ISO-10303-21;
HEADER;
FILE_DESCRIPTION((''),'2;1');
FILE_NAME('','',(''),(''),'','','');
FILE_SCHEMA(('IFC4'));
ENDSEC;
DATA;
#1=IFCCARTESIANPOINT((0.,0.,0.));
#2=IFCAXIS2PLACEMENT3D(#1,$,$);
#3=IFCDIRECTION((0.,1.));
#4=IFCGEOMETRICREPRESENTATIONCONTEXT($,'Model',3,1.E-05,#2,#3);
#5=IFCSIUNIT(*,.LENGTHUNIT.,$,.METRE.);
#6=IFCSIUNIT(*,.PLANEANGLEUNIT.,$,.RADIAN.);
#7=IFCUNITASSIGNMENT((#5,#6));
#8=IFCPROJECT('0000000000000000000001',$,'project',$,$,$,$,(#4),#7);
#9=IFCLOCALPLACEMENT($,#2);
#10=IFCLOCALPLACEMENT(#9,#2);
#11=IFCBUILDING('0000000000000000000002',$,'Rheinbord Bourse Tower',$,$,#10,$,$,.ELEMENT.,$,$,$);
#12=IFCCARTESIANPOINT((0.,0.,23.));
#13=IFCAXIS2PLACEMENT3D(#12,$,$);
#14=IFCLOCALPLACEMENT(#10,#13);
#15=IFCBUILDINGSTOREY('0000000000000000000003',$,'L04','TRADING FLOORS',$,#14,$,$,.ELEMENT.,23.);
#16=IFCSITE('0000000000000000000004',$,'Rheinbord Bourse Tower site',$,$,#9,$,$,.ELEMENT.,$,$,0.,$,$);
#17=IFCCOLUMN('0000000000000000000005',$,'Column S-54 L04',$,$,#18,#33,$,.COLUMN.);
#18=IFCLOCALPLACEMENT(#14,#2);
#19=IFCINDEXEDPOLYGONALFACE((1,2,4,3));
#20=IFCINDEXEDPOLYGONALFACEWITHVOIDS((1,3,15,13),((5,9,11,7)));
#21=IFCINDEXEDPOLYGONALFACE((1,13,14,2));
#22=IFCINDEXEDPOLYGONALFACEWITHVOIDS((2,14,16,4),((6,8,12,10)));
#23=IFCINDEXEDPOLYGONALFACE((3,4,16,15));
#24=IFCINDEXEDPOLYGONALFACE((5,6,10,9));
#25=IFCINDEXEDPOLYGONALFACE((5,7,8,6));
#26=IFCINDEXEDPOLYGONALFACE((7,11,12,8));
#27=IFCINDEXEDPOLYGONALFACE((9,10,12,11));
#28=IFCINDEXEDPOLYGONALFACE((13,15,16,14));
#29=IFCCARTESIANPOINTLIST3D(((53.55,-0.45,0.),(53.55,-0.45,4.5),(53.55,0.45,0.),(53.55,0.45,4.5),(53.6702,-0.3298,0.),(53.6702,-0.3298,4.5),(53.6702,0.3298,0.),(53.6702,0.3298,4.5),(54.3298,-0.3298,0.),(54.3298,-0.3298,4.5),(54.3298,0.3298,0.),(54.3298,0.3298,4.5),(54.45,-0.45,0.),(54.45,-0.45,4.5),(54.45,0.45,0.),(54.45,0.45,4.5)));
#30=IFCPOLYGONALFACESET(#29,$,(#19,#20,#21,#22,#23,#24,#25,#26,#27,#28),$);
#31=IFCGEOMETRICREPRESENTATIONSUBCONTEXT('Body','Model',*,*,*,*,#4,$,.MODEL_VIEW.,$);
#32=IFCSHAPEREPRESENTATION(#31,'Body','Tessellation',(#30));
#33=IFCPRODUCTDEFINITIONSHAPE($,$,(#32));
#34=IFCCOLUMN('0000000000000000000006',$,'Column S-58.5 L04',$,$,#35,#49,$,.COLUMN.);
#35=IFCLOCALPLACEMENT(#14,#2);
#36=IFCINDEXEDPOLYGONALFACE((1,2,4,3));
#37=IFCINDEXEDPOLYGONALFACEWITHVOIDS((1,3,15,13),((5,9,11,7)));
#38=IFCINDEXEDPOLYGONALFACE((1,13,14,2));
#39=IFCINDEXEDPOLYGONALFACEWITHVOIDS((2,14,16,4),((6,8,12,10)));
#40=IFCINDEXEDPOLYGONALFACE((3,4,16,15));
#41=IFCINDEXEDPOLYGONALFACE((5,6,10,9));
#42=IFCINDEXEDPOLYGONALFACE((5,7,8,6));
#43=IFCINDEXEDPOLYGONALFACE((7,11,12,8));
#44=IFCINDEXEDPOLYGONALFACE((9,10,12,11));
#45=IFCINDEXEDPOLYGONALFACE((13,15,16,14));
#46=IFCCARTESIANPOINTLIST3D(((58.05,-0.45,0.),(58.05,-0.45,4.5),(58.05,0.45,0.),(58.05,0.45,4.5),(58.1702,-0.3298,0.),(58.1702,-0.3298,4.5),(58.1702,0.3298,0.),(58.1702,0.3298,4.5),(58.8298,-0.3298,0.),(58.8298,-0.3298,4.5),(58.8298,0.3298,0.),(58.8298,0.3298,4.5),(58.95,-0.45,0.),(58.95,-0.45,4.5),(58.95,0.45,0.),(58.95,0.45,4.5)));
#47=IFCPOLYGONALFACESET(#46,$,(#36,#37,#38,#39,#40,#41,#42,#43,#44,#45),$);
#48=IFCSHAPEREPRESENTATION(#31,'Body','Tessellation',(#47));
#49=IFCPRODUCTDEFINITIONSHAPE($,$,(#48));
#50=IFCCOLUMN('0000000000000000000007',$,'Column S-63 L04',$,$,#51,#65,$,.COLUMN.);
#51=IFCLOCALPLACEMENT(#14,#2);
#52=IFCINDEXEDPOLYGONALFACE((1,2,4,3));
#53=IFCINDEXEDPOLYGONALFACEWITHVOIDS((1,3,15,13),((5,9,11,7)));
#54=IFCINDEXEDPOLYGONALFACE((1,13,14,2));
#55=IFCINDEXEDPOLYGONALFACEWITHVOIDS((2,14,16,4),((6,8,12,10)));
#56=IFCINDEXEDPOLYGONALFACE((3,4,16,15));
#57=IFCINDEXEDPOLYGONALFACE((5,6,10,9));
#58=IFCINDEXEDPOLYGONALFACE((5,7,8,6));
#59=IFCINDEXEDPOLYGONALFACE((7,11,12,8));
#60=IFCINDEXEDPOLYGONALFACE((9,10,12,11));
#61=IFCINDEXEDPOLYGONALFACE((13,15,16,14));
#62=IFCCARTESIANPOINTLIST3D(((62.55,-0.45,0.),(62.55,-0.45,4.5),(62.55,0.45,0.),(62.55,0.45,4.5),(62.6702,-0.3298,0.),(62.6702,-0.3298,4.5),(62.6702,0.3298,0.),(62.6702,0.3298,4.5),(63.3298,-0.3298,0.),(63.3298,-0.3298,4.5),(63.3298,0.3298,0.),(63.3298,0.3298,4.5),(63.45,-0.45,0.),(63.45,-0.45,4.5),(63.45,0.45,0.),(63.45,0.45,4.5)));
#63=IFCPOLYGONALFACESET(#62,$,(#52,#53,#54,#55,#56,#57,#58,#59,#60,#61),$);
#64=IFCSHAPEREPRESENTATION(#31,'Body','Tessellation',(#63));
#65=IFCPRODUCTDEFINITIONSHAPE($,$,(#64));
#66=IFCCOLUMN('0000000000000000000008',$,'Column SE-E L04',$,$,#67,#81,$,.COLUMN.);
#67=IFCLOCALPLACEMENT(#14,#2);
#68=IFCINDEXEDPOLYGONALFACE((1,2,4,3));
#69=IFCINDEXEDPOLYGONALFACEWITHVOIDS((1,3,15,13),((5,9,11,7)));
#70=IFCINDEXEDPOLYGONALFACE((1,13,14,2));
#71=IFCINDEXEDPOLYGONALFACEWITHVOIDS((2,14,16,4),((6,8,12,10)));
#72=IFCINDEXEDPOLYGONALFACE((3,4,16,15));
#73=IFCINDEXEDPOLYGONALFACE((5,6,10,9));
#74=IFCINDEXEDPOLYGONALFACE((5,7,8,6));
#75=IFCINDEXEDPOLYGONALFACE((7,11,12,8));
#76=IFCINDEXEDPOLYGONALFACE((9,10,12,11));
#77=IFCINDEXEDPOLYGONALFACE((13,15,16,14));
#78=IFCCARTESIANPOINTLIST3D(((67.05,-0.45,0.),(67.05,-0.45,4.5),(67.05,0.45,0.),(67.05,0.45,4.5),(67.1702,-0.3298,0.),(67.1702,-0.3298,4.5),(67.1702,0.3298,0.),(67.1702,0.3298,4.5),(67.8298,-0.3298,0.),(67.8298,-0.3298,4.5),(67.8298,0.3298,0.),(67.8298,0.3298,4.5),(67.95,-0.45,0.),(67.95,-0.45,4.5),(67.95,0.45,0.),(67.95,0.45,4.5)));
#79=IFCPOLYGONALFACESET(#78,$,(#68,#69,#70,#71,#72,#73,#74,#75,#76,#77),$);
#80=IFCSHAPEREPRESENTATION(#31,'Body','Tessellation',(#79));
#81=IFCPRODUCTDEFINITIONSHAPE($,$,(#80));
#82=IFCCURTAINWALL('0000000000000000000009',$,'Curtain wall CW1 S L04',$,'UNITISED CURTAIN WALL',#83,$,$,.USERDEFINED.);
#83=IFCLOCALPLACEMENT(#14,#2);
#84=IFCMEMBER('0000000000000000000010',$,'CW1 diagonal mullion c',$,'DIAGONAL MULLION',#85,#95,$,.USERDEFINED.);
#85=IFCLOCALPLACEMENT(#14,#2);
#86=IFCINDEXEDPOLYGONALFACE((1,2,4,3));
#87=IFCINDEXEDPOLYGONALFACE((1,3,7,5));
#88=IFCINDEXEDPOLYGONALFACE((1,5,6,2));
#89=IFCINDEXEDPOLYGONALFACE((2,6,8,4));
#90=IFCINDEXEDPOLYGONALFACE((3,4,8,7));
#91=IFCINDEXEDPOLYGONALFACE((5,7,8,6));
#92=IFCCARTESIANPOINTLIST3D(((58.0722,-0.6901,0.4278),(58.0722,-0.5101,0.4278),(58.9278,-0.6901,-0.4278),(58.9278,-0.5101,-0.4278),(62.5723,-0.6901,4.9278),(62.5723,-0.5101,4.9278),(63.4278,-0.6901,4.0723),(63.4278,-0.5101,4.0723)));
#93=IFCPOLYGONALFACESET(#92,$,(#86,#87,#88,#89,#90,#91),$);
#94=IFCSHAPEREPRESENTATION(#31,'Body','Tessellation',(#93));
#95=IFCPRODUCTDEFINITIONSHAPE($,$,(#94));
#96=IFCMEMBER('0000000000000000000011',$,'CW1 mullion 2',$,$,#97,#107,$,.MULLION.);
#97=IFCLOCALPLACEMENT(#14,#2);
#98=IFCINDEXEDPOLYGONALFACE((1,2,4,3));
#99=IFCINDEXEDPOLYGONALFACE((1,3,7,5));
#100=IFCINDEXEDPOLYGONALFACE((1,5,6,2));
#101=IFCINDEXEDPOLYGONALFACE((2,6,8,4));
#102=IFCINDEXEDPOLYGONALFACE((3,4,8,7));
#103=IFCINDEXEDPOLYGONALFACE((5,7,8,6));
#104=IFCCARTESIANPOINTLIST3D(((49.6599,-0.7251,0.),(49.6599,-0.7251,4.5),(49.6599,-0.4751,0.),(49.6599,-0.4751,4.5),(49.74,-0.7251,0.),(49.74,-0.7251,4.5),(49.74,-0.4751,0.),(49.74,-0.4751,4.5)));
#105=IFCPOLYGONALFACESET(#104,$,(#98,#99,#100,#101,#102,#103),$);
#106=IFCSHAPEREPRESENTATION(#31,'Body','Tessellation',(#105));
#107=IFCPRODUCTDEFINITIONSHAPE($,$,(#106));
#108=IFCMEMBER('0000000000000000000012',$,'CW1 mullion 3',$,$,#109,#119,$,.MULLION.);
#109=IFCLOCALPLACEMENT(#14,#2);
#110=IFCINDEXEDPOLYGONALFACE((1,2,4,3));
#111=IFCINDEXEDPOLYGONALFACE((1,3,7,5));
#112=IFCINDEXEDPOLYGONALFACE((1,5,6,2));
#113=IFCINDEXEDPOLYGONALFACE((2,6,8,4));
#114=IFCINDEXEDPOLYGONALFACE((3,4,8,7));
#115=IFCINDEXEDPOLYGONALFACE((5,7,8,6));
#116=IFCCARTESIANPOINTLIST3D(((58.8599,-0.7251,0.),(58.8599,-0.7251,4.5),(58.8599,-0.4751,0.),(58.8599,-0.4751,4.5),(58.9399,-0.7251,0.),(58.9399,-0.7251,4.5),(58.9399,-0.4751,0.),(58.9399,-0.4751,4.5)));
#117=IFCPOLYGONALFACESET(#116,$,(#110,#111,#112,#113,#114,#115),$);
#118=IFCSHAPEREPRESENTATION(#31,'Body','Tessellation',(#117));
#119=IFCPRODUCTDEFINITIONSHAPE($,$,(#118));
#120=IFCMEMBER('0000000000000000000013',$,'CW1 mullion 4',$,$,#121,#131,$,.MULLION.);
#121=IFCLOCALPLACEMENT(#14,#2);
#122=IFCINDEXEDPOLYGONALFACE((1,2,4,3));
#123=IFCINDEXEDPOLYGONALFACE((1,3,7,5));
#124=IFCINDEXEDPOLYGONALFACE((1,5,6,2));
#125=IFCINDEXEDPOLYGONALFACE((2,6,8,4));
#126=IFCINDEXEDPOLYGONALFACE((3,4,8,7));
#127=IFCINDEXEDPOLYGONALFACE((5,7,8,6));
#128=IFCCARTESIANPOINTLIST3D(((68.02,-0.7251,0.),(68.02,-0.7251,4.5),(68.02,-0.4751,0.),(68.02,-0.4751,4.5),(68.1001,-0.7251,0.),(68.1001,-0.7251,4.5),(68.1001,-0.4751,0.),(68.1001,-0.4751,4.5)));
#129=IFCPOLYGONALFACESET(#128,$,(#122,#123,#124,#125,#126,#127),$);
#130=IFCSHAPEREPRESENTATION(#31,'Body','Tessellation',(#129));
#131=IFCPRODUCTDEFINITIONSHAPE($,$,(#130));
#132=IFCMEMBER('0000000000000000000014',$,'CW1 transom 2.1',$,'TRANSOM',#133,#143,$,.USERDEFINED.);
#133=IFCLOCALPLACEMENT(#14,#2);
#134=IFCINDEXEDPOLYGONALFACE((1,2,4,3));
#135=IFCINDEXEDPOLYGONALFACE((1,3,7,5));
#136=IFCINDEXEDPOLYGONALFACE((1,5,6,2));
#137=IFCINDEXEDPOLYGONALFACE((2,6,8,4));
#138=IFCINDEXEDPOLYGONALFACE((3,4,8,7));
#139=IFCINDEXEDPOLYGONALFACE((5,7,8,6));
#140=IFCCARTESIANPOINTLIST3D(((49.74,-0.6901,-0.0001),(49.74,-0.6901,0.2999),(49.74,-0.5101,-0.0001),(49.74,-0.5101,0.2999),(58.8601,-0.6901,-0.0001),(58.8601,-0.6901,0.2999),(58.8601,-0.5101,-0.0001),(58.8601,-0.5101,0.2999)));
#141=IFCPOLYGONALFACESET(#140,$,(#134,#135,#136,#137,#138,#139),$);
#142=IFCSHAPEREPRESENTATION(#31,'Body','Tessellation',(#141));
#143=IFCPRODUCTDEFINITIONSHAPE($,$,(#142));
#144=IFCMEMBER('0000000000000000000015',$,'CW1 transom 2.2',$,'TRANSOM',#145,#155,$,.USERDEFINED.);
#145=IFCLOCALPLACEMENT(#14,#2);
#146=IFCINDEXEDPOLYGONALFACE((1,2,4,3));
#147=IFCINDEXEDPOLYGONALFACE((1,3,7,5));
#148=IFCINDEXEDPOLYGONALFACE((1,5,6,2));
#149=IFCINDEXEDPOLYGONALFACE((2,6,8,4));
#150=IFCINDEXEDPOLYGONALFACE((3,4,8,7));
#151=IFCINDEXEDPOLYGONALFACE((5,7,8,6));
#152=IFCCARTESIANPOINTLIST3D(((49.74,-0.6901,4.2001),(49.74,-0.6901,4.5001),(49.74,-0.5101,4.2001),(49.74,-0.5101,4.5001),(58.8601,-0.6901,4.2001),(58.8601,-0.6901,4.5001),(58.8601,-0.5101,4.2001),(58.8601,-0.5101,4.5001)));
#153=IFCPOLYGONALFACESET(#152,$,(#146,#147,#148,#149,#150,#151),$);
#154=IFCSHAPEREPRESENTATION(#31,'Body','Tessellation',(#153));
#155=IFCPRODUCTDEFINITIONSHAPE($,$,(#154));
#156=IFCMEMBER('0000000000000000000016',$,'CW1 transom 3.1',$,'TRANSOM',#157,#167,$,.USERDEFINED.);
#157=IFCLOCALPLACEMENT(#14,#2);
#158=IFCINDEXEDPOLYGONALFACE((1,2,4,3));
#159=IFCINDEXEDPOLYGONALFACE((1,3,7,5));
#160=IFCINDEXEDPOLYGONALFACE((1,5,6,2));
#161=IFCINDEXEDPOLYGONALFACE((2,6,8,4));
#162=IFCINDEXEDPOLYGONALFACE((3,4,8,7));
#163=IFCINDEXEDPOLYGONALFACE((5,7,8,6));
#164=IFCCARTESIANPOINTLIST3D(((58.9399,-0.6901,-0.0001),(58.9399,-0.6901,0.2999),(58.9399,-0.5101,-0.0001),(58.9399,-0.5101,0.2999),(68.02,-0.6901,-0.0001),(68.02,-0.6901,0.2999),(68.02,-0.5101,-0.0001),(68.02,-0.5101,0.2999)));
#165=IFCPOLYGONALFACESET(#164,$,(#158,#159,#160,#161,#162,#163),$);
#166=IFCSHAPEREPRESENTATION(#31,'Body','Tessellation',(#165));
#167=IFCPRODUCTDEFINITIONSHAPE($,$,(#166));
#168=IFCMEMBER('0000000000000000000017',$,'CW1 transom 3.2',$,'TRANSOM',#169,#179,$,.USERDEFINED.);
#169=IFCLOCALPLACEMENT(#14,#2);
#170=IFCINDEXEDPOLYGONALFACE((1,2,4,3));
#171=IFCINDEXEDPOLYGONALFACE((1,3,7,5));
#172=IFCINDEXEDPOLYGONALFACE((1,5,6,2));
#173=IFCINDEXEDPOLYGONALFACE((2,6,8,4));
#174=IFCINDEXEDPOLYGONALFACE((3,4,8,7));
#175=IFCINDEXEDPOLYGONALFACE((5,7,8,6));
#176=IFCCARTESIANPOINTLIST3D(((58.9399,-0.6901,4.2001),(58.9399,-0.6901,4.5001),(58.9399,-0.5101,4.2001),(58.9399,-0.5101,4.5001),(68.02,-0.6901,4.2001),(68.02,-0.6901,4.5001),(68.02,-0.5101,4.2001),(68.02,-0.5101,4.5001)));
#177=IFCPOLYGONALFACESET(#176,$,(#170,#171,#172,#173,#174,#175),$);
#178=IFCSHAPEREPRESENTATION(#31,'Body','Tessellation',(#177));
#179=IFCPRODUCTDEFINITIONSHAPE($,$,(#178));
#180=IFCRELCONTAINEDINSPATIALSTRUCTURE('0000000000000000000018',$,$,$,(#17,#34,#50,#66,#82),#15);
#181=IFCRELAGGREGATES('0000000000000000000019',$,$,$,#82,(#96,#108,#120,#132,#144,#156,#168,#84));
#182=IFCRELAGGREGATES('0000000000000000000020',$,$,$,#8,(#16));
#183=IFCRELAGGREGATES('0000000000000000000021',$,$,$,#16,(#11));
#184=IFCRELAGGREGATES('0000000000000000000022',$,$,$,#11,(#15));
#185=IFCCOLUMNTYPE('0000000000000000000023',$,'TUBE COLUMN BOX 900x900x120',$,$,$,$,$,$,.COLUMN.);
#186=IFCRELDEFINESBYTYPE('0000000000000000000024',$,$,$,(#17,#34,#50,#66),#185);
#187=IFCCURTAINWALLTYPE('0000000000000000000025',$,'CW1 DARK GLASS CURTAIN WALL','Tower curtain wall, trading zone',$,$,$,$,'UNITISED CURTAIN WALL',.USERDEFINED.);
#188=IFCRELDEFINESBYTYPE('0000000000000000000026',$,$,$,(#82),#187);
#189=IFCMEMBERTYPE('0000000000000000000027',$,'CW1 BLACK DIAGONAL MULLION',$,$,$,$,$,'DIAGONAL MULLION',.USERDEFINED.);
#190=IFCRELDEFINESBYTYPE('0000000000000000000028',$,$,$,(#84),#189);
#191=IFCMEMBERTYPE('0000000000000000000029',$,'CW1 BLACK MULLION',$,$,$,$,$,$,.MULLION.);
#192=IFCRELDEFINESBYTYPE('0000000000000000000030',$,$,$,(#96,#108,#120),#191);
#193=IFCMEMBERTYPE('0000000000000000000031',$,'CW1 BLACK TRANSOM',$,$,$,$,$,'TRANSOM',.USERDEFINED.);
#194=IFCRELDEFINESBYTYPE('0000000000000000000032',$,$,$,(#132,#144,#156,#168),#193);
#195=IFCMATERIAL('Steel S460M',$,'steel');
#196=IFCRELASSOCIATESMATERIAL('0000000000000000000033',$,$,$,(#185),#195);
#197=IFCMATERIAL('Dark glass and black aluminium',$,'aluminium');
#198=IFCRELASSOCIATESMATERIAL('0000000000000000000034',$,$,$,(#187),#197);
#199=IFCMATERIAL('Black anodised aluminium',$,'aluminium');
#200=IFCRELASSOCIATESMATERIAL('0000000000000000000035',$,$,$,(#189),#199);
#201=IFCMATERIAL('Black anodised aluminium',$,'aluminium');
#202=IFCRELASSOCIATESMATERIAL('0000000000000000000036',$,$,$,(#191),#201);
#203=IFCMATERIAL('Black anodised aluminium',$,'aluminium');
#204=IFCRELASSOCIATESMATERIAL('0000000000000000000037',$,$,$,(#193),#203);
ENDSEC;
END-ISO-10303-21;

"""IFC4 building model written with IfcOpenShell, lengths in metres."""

from ifc_helpers import new_model, si_unit, direction, frame, origin, origin_2d, place, context, subcontext, project, spatial, rectangle, hollow_rectangle, extrude, material, material_profile, profile_set, type_object, element, aggregate, save


model = new_model("IFC4")

# Units and contexts
model_context = context("Model", 3, precision=1e-05, world=origin(), true_north=direction((0.0, 1.0)))
body_context = subcontext(model_context, "Body", "Model", "MODEL_VIEW")
ifc_project = project(units=[si_unit("LENGTHUNIT", "METRE"), si_unit("PLANEANGLEUNIT", "RADIAN")], contexts=[model_context])

# Site, building, storey
site_placement = place(None, origin())
site = spatial("IfcSite", under=ifc_project, at=site_placement, Name="Rheinbord Bourse Tower site", CompositionType="ELEMENT", RefElevation=0.0)
building_placement = place(site_placement, origin())
building = spatial("IfcBuilding", under=site, at=building_placement, Name="Rheinbord Bourse Tower", CompositionType="ELEMENT")
storey_placement = place(building_placement, frame((0.0, 0.0, 23.0)))
storey = spatial("IfcBuildingStorey", under=building, at=storey_placement, Name="L04", Description="TRADING FLOORS", CompositionType="ELEMENT", Elevation=23.0)

# Columns
ifc_material_1 = material(Name="Steel S460M", Category="steel")
ifc_material_profile_1 = material_profile(ifc_material_1, hollow_rectangle(XDim=0.8999, YDim=0.8999, WallThickness=0.1201, at=origin_2d()), Name="BOX 900x900x120")
ifc_profile_set_1 = profile_set([ifc_material_profile_1], Name="Steel S460M")
column_type = type_object("IfcColumnType", Name="TUBE COLUMN BOX 900x900x120", PredefinedType="COLUMN", material=ifc_profile_set_1)
for number, where, z_axis, x_axis, name in (
    (1, (54.0, 0.0, 0.0), (0.0, 0.0, 1.0), (0.0, 1.0, 0.0), "Column S-54 L04"),
    (2, (58.5, 0.0, 0.0), (0.0, 0.0, 1.0), (0.0, 1.0, 0.0), "Column S-58.5 L04"),
    (3, (63.0, 0.0, 0.0), (0.0, 0.0, 1.0), (0.0, 1.0, 0.0), "Column S-63 L04"),
    (4, (67.5, 0.0, 0.0), (0.0, 0.0, 1.0), (0.0, 1.0, 0.0), "Column SE-E L04"),
):
    element("IfcColumn", number, at=place(storey_placement, frame(where, z_axis=z_axis, x_axis=x_axis)), inside=storey, type_object=column_type, Name=name, PredefinedType="COLUMN", context=body_context, shape_type="SweptSolid", body=[
        extrude(hollow_rectangle(XDim=0.8999, YDim=0.8999, WallThickness=0.1201, at=origin_2d()), origin(), (0.0, 0.0, 1.0), 4.5),
    ])

# Curtain wall, members
ifc_material_2 = material(Name="Dark glass and black aluminium", Category="aluminium")
curtain_wall_type = type_object("IfcCurtainWallType", Name="CW1 DARK GLASS CURTAIN WALL", Description="Tower curtain wall, trading zone", ElementType="UNITISED CURTAIN WALL", PredefinedType="USERDEFINED", material=ifc_material_2)
curtain_wall_placement = place(storey_placement, origin())
curtain_wall = element("IfcCurtainWall", 5, at=curtain_wall_placement, inside=storey, type_object=curtain_wall_type, Name="Curtain wall CW1 S L04", ObjectType="UNITISED CURTAIN WALL", PredefinedType="USERDEFINED")
ifc_material_3 = material(Name="Black anodised aluminium", Category="aluminium")
ifc_material_profile_2 = material_profile(ifc_material_3, rectangle(XDim=0.1799, YDim=1.21, at=origin_2d()), Name="CW1 DIAGONAL MULLION 1210x180")
ifc_profile_set_2 = profile_set([ifc_material_profile_2], Name="Black anodised aluminium")
member_type_1 = type_object("IfcMemberType", Name="CW1 BLACK DIAGONAL MULLION", ElementType="DIAGONAL MULLION", PredefinedType="USERDEFINED", material=ifc_profile_set_2)
member_1_placement = place(storey_placement, frame((58.5, -0.6001, 0.0), z_axis=(0.707107, 0.0, 0.707107), x_axis=(0.0, 1.0, 0.0)))
member_1 = element("IfcMember", 6, at=member_1_placement, type_object=member_type_1, Name="CW1 diagonal mullion c", ObjectType="DIAGONAL MULLION", PredefinedType="USERDEFINED", context=body_context, shape_type="SweptSolid", body=[
    extrude(rectangle(XDim=0.1799, YDim=1.21, at=origin_2d()), origin(), (0.0, 0.0, 1.0), 6.364),
])
ifc_material_4 = material(Name="Black anodised aluminium", Category="aluminium")
ifc_material_profile_3 = material_profile(ifc_material_4, rectangle(XDim=0.25, YDim=0.0801, at=origin_2d()), Name="CW1 MULLION 80x250")
ifc_profile_set_3 = profile_set([ifc_material_profile_3], Name="Black anodised aluminium")
member_type_2 = type_object("IfcMemberType", Name="CW1 BLACK MULLION", PredefinedType="MULLION", material=ifc_profile_set_3)
member_2_placement = place(storey_placement, frame((49.7, -0.6001, 0.0), z_axis=(0.0, 0.0, 1.0), x_axis=(0.0, 1.0, 0.0)))
member_2 = element("IfcMember", 7, at=member_2_placement, type_object=member_type_2, Name="CW1 mullion 2", PredefinedType="MULLION", context=body_context, shape_type="SweptSolid", body=[
    extrude(rectangle(XDim=0.25, YDim=0.0801, at=origin_2d()), origin(), (0.0, 0.0, 1.0), 4.5),
])
member_3_placement = place(storey_placement, frame((58.8999, -0.6001, 0.0), z_axis=(0.0, 0.0, 1.0), x_axis=(0.0, 1.0, 0.0)))
member_3 = element("IfcMember", 8, at=member_3_placement, type_object=member_type_2, Name="CW1 mullion 3", PredefinedType="MULLION", context=body_context, shape_type="SweptSolid", body=[
    extrude(rectangle(XDim=0.25, YDim=0.0801, at=origin_2d()), origin(), (0.0, 0.0, 1.0), 4.5),
])
member_4_placement = place(storey_placement, frame((68.0601, -0.6001, 0.0), z_axis=(0.0, 0.0, 1.0), x_axis=(0.0, 1.0, 0.0)))
member_4 = element("IfcMember", 9, at=member_4_placement, type_object=member_type_2, Name="CW1 mullion 4", PredefinedType="MULLION", context=body_context, shape_type="SweptSolid", body=[
    extrude(rectangle(XDim=0.25, YDim=0.0801, at=origin_2d()), origin(), (0.0, 0.0, 1.0), 4.5),
])
ifc_material_5 = material(Name="Black anodised aluminium", Category="aluminium")
ifc_material_profile_4 = material_profile(ifc_material_5, rectangle(XDim=0.1799, YDim=0.3, at=origin_2d()), Name="CW1 TRANSOM 300x180")
ifc_profile_set_4 = profile_set([ifc_material_profile_4], Name="Black anodised aluminium")
member_type_3 = type_object("IfcMemberType", Name="CW1 BLACK TRANSOM", ElementType="TRANSOM", PredefinedType="USERDEFINED", material=ifc_profile_set_4)
member_5_placement = place(storey_placement, frame((49.74, -0.6001, 0.1499), z_axis=(1.0, 0.0, 0.0), x_axis=(0.0, 1.0, 0.0)))
member_5 = element("IfcMember", 10, at=member_5_placement, type_object=member_type_3, Name="CW1 transom 2.1", ObjectType="TRANSOM", PredefinedType="USERDEFINED", context=body_context, shape_type="SweptSolid", body=[
    extrude(rectangle(XDim=0.1799, YDim=0.3, at=origin_2d()), origin(), (0.0, 0.0, 1.0), 9.1201),
])
member_6_placement = place(storey_placement, frame((49.74, -0.6001, 4.3501), z_axis=(1.0, 0.0, 0.0), x_axis=(0.0, 1.0, 0.0)))
member_6 = element("IfcMember", 11, at=member_6_placement, type_object=member_type_3, Name="CW1 transom 2.2", ObjectType="TRANSOM", PredefinedType="USERDEFINED", context=body_context, shape_type="SweptSolid", body=[
    extrude(rectangle(XDim=0.1799, YDim=0.3, at=origin_2d()), origin(), (0.0, 0.0, 1.0), 9.1201),
])
member_7_placement = place(storey_placement, frame((58.9399, -0.6001, 0.1499), z_axis=(1.0, 0.0, 0.0), x_axis=(0.0, 1.0, 0.0)))
member_7 = element("IfcMember", 12, at=member_7_placement, type_object=member_type_3, Name="CW1 transom 3.1", ObjectType="TRANSOM", PredefinedType="USERDEFINED", context=body_context, shape_type="SweptSolid", body=[
    extrude(rectangle(XDim=0.1799, YDim=0.3, at=origin_2d()), origin(), (0.0, 0.0, 1.0), 9.0801),
])
member_8_placement = place(storey_placement, frame((58.9399, -0.6001, 4.3501), z_axis=(1.0, 0.0, 0.0), x_axis=(0.0, 1.0, 0.0)))
member_8 = element("IfcMember", 13, at=member_8_placement, type_object=member_type_3, Name="CW1 transom 3.2", ObjectType="TRANSOM", PredefinedType="USERDEFINED", context=body_context, shape_type="SweptSolid", body=[
    extrude(rectangle(XDim=0.1799, YDim=0.3, at=origin_2d()), origin(), (0.0, 0.0, 1.0), 9.0801),
])

aggregate(curtain_wall, [member_2, member_3, member_4, member_5, member_6, member_7, member_8, member_1])

save(model, "model.ifc")
